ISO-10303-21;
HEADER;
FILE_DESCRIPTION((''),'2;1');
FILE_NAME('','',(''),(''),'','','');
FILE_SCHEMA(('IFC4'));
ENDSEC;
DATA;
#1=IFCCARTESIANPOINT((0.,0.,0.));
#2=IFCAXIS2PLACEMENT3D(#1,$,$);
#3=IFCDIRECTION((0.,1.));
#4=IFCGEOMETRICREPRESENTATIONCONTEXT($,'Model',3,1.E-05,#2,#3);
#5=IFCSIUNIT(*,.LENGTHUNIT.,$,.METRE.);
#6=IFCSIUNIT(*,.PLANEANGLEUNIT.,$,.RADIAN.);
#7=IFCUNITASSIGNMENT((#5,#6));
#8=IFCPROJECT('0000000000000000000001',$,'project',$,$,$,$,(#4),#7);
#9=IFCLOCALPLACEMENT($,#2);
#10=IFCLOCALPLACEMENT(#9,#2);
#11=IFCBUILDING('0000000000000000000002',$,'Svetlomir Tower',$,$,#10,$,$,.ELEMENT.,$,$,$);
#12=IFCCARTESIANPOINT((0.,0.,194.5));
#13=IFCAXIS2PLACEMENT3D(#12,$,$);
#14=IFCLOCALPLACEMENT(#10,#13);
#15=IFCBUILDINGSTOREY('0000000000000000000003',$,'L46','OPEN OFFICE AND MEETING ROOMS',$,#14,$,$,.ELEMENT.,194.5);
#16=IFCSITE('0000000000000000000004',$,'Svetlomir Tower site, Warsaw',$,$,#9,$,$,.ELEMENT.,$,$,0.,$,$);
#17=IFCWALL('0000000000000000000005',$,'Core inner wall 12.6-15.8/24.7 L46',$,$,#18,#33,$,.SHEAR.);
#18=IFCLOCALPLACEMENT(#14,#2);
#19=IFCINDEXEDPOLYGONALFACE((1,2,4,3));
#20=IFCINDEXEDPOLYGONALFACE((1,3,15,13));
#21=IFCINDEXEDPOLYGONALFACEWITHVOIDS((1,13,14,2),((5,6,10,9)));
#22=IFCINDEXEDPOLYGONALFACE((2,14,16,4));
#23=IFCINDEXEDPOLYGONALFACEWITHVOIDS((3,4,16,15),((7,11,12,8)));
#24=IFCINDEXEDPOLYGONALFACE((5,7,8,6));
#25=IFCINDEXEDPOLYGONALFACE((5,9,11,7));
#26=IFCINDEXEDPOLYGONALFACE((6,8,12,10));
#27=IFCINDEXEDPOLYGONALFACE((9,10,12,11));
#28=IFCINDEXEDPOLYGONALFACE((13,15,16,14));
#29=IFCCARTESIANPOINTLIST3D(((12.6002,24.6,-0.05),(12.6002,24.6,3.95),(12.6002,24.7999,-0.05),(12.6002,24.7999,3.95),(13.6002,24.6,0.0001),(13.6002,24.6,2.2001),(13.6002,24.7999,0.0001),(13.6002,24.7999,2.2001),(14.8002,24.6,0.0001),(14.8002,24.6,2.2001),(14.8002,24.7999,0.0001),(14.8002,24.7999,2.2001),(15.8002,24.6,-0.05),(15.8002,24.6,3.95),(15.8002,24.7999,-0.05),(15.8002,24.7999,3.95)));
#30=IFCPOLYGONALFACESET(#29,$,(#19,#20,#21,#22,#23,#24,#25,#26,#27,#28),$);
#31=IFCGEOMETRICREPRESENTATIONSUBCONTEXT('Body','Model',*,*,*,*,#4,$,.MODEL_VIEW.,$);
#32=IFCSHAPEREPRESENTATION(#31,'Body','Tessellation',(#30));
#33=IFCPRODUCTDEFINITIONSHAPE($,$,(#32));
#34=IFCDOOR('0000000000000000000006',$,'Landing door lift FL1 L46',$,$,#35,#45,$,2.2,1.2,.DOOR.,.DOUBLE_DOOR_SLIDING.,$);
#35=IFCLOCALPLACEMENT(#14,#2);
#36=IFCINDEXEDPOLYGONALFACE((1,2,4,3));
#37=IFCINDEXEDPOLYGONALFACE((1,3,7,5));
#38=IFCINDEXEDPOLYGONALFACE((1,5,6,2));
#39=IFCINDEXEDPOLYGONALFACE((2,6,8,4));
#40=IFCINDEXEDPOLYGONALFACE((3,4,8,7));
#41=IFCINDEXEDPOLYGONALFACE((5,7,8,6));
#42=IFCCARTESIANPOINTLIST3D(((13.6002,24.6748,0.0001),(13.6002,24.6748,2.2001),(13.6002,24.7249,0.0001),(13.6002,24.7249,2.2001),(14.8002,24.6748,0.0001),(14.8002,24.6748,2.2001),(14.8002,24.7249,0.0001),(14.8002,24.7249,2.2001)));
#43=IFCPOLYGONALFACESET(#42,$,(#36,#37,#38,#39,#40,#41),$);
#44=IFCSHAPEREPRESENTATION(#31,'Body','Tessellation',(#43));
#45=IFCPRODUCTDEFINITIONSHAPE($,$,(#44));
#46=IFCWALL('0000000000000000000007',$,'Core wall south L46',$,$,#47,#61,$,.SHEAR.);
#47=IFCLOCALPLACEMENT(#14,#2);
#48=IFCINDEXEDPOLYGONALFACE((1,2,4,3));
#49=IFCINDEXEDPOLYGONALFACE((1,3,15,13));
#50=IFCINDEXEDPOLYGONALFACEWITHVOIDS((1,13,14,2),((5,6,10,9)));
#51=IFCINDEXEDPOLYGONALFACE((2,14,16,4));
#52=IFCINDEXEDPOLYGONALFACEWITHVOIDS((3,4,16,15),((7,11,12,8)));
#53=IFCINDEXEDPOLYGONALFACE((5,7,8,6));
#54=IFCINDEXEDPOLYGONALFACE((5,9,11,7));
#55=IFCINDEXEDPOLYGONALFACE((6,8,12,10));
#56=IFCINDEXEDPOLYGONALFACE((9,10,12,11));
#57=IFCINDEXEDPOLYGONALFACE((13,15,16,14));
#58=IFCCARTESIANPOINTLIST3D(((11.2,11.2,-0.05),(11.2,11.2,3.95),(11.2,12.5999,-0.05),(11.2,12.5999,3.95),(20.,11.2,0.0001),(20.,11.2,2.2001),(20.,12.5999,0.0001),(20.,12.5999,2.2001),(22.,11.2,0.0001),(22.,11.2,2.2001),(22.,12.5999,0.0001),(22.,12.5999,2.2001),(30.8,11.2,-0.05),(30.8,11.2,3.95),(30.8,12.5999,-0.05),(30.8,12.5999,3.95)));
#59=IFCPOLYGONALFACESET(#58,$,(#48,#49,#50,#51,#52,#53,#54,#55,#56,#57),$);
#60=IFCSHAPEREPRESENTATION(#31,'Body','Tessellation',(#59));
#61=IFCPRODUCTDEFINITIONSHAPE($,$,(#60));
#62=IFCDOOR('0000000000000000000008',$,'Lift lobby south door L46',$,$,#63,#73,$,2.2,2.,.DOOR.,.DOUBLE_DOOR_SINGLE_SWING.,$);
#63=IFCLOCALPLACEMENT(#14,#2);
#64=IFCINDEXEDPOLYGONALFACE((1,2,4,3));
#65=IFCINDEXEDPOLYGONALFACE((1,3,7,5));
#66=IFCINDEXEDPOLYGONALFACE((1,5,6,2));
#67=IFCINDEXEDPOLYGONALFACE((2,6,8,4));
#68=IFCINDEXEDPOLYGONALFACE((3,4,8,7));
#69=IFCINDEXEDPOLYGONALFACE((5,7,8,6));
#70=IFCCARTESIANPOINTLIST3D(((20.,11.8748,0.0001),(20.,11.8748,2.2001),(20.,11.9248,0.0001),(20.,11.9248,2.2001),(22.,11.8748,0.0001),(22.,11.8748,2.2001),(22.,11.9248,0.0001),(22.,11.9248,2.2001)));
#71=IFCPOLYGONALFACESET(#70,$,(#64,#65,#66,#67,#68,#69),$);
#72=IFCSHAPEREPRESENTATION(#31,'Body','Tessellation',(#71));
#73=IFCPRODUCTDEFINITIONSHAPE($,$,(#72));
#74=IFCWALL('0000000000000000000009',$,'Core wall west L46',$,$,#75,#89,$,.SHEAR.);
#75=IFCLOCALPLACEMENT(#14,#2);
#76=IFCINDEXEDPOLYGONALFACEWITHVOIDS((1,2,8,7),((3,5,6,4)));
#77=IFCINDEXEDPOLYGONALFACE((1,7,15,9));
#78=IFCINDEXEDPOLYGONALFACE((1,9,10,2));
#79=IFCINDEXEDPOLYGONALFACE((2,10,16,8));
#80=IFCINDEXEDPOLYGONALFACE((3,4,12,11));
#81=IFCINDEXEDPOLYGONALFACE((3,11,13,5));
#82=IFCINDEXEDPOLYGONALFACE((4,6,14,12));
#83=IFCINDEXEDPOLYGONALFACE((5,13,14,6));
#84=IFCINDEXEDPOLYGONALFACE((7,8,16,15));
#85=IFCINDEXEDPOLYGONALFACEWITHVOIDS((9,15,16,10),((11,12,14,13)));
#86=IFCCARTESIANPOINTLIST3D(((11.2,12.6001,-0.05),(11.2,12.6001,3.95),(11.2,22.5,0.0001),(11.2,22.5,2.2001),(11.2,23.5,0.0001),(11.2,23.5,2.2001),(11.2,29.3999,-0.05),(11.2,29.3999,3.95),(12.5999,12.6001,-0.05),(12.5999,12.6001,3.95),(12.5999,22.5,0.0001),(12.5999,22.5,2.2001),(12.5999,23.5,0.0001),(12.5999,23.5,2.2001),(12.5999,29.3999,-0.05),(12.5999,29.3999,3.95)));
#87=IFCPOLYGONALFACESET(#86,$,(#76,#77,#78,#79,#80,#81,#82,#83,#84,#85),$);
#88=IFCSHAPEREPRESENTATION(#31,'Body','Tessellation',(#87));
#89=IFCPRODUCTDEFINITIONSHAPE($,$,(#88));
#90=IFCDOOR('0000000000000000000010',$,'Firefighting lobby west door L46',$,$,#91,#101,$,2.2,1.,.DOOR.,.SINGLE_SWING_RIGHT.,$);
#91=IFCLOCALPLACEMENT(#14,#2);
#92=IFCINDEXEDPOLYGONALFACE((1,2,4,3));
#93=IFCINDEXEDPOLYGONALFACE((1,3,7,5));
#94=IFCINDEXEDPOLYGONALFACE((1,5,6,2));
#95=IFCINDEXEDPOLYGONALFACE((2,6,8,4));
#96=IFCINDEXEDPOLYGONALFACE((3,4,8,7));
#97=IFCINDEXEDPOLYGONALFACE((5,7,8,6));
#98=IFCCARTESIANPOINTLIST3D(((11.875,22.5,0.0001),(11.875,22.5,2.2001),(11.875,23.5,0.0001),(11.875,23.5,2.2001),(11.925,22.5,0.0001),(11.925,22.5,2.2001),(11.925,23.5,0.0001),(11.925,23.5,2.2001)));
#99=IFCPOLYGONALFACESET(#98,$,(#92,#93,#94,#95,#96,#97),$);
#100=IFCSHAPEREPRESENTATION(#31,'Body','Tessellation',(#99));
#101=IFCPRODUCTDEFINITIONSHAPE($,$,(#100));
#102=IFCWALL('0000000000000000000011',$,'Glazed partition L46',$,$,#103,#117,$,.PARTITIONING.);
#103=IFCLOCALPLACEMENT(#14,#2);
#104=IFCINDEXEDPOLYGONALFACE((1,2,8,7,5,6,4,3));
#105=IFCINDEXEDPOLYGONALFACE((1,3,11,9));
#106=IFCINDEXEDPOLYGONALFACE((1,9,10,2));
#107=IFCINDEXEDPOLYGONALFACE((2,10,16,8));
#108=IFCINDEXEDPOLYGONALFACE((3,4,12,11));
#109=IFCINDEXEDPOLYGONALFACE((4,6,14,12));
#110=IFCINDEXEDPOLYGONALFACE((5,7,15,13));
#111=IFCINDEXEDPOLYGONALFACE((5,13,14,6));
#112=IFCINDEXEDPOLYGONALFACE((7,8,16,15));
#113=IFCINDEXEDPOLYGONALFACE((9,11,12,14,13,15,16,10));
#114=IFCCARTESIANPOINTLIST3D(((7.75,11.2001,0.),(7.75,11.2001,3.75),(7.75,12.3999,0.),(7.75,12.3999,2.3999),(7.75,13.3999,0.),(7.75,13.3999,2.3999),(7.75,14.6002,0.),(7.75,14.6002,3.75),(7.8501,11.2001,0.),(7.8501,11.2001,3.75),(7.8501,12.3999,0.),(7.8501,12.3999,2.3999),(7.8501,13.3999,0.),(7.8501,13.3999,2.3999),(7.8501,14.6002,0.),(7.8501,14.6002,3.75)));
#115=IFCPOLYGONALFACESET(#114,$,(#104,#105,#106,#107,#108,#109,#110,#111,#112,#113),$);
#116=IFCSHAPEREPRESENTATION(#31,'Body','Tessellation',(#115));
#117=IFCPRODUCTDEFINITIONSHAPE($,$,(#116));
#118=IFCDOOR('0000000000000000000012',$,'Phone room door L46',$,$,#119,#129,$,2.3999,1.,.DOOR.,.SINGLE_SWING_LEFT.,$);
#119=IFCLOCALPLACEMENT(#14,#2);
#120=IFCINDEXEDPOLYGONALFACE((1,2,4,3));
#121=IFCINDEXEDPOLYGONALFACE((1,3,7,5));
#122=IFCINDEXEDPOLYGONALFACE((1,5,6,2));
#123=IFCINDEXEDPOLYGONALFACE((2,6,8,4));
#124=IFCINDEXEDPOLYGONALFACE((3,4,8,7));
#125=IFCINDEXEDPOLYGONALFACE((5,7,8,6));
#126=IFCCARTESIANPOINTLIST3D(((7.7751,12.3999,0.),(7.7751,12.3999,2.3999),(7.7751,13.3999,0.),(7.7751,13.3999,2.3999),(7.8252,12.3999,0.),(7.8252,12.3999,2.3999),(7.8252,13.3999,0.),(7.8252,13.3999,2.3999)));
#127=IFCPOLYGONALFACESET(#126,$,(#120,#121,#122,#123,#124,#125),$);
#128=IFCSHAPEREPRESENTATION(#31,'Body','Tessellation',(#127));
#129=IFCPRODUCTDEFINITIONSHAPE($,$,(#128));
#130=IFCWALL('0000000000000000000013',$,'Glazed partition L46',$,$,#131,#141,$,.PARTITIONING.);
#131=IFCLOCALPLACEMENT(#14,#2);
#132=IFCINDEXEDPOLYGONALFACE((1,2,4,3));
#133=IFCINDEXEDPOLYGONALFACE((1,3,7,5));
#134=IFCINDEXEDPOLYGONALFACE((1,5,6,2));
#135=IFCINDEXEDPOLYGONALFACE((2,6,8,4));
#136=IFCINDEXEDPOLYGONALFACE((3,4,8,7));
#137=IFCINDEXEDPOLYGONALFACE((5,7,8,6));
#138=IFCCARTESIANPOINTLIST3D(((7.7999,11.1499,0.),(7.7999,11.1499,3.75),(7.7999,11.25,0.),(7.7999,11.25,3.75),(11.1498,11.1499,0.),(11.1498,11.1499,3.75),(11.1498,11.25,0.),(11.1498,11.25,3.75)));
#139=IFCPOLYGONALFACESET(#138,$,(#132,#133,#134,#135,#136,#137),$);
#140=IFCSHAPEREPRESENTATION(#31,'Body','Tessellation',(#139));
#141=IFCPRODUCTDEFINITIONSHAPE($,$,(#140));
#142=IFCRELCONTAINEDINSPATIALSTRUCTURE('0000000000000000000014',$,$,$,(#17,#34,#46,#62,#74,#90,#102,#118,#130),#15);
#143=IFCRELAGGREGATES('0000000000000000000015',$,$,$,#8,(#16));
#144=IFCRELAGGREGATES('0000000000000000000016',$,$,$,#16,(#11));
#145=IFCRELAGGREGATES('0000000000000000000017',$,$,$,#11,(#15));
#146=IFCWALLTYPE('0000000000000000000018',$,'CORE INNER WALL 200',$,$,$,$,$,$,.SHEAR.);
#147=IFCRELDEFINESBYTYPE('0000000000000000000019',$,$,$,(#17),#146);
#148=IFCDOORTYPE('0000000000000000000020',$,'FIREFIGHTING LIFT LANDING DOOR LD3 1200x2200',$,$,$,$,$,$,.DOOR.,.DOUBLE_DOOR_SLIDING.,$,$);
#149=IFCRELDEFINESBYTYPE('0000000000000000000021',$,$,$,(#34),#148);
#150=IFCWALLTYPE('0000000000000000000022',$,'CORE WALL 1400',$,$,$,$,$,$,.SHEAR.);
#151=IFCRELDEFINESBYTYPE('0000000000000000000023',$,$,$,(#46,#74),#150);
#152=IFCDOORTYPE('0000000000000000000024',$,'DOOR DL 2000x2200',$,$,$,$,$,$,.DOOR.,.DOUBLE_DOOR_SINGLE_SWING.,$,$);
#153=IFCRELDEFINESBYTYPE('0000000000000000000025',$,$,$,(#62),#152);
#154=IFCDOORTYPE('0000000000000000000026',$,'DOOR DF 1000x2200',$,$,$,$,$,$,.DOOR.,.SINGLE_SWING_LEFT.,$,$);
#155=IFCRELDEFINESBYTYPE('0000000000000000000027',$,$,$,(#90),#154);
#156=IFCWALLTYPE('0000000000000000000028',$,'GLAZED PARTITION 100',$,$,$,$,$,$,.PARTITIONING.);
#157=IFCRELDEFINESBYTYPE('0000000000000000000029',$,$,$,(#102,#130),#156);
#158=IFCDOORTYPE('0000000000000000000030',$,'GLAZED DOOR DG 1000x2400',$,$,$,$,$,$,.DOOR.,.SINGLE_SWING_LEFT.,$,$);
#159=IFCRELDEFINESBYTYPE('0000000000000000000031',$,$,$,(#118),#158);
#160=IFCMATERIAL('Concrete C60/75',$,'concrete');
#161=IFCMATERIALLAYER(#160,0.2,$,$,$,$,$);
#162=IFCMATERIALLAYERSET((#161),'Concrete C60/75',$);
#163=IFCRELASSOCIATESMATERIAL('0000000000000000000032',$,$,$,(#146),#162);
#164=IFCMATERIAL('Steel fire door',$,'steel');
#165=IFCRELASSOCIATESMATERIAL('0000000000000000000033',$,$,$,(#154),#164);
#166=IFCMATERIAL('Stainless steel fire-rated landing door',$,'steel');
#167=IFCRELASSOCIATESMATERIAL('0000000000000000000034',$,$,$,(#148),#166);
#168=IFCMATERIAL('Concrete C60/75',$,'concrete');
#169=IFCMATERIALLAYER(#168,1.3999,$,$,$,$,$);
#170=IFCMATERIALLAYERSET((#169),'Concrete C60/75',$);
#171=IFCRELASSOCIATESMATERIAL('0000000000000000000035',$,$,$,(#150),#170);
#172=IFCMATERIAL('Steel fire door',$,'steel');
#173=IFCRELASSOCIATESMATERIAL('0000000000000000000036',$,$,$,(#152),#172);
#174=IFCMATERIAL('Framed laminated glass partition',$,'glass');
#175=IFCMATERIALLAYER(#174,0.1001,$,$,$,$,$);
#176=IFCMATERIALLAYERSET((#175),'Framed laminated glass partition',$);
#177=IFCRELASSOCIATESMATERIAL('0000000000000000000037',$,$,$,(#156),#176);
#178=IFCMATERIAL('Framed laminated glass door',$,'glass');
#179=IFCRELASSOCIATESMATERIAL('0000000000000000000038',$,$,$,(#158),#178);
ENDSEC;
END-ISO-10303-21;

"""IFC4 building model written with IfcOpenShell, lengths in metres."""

from ifc_helpers import new_model, si_unit, direction, frame, frame_2d, origin, place, context, subcontext, project, spatial, rectangle, extrude, material, layer, layer_set, type_object, element, fill, save


model = new_model("IFC4")

# Units and contexts
model_context = context("Model", 3, precision=1e-05, world=origin(), true_north=direction((0.0, 1.0)))
body_context = subcontext(model_context, "Body", "Model", "MODEL_VIEW")
ifc_project = project(units=[si_unit("LENGTHUNIT", "METRE"), si_unit("PLANEANGLEUNIT", "RADIAN")], contexts=[model_context])

# Site, building, storey
site_placement = place(None, origin())
site = spatial("IfcSite", under=ifc_project, at=site_placement, Name="Svetlomir Tower site, Warsaw", CompositionType="ELEMENT", RefElevation=0.0)
building_placement = place(site_placement, origin())
building = spatial("IfcBuilding", under=site, at=building_placement, Name="Svetlomir Tower", CompositionType="ELEMENT")
storey_placement = place(building_placement, frame((0.0, 0.0, 194.5)))
storey = spatial("IfcBuildingStorey", under=building, at=storey_placement, Name="L46", Description="OPEN OFFICE AND MEETING ROOMS", CompositionType="ELEMENT", Elevation=194.5)

# Walls, openings, doors
ifc_material_1 = material(Name="Concrete C60/75", Category="concrete")
ifc_layer_1 = layer(ifc_material_1, 0.2)
ifc_layer_set_1 = layer_set([ifc_layer_1], Name="Concrete C60/75")
wall_type_1 = type_object("IfcWallType", Name="CORE INNER WALL 200", PredefinedType="SHEAR", material=ifc_layer_set_1)
ifc_material_2 = material(Name="Steel fire door", Category="steel")
door_type_1 = type_object("IfcDoorType", Name="DOOR DF 1000x2200", OperationType="SINGLE_SWING_LEFT", PredefinedType="DOOR", material=ifc_material_2)
wall_1_placement = place(storey_placement, frame((12.6001, 24.7, -0.05), z_axis=(0.0, 0.0, 1.0), x_axis=(1.0, 0.0, 0.0)))
wall_1 = element("IfcWall", 1, at=wall_1_placement, inside=storey, type_object=wall_type_1, Name="Core inner wall 12.6-15.8/24.7 L46", PredefinedType="SHEAR", context=body_context, shape_type="SweptSolid", body=[
    extrude(rectangle(XDim=3.2, YDim=0.2, at=frame_2d((1.6001, 0.0))), origin(), (0.0, 0.0, 1.0), 4.0),
])
opening_1_placement = place(wall_1_placement, frame((1.0, 0.0, 0.05)))
opening_1 = element("IfcOpeningElement", 2, at=opening_1_placement, cuts=wall_1, PredefinedType="OPENING", context=body_context, shape_type="SweptSolid", body=[
    extrude(rectangle(XDim=1.2, YDim=2.2, at=frame_2d((0.6001, 1.1001))), frame((0.0, 0.1099, 0.0), z_axis=(0.0, -1.0, 0.0), x_axis=(1.0, 0.0, 0.0)), (0.0, 0.0, 1.0), 0.22),
])
ifc_material_3 = material(Name="Stainless steel fire-rated landing door", Category="steel")
door_type_2 = type_object("IfcDoorType", Name="FIREFIGHTING LIFT LANDING DOOR LD3 1200x2200", OperationType="DOUBLE_DOOR_SLIDING", PredefinedType="DOOR", material=ifc_material_3)
door_1_placement = place(opening_1_placement, origin())
door_1 = element("IfcDoor", 3, at=door_1_placement, inside=storey, type_object=door_type_2, Name="Landing door lift FL1 L46", OperationType="DOUBLE_DOOR_SLIDING", OverallHeight=2.2, OverallWidth=1.2, PredefinedType="DOOR", context=body_context, shape_type="SweptSolid", body=[
    extrude(rectangle(XDim=1.2, YDim=2.2, at=frame_2d((0.6001, 1.1001))), frame((0.0, 0.0249, 0.0), z_axis=(0.0, -1.0, 0.0), x_axis=(1.0, 0.0, 0.0)), (0.0, 0.0, 1.0), 0.05),
])
fill(opening_1, door_1)
ifc_material_4 = material(Name="Concrete C60/75", Category="concrete")
ifc_layer_2 = layer(ifc_material_4, 1.3999)
ifc_layer_set_2 = layer_set([ifc_layer_2], Name="Concrete C60/75")
wall_type_2 = type_object("IfcWallType", Name="CORE WALL 1400", PredefinedType="SHEAR", material=ifc_layer_set_2)
wall_2_placement = place(storey_placement, frame((11.2, 11.8999, -0.05), z_axis=(0.0, 0.0, 1.0), x_axis=(1.0, 0.0, 0.0)))
wall_2 = element("IfcWall", 4, at=wall_2_placement, inside=storey, type_object=wall_type_2, Name="Core wall south L46", PredefinedType="SHEAR", context=body_context, shape_type="SweptSolid", body=[
    extrude(rectangle(XDim=19.6001, YDim=1.3999, at=frame_2d((9.8, 0.0))), origin(), (0.0, 0.0, 1.0), 4.0),
])
opening_2_placement = place(wall_2_placement, frame((8.8, 0.0, 0.05)))
opening_2 = element("IfcOpeningElement", 5, at=opening_2_placement, cuts=wall_2, PredefinedType="OPENING", context=body_context, shape_type="SweptSolid", body=[
    extrude(rectangle(XDim=2.0, YDim=2.2, at=frame_2d((1.0, 1.1001))), frame((0.0, 0.71, 0.0), z_axis=(0.0, -1.0, 0.0), x_axis=(1.0, 0.0, 0.0)), (0.0, 0.0, 1.0), 1.4199),
])
ifc_material_5 = material(Name="Steel fire door", Category="steel")
door_type_3 = type_object("IfcDoorType", Name="DOOR DL 2000x2200", OperationType="DOUBLE_DOOR_SINGLE_SWING", PredefinedType="DOOR", material=ifc_material_5)
door_2_placement = place(opening_2_placement, origin())
door_2 = element("IfcDoor", 6, at=door_2_placement, inside=storey, type_object=door_type_3, Name="Lift lobby south door L46", OperationType="DOUBLE_DOOR_SINGLE_SWING", OverallHeight=2.2, OverallWidth=2.0, PredefinedType="DOOR", context=body_context, shape_type="SweptSolid", body=[
    extrude(rectangle(XDim=2.0, YDim=2.2, at=frame_2d((1.0, 1.1001))), frame((0.0, 0.0249, 0.0), z_axis=(0.0, -1.0, 0.0), x_axis=(1.0, 0.0, 0.0)), (0.0, 0.0, 1.0), 0.05),
])
fill(opening_2, door_2)
wall_3_placement = place(storey_placement, frame((11.8999, 12.6001, -0.05), z_axis=(0.0, 0.0, 1.0), x_axis=(0.0, 1.0, 0.0)))
wall_3 = element("IfcWall", 7, at=wall_3_placement, inside=storey, type_object=wall_type_2, Name="Core wall west L46", PredefinedType="SHEAR", context=body_context, shape_type="SweptSolid", body=[
    extrude(rectangle(XDim=16.7998, YDim=1.3999, at=frame_2d((8.3999, 0.0))), origin(), (0.0, 0.0, 1.0), 4.0),
])
opening_3_placement = place(wall_3_placement, frame((9.8999, 0.0, 0.05)))
opening_3 = element("IfcOpeningElement", 8, at=opening_3_placement, cuts=wall_3, PredefinedType="OPENING", context=body_context, shape_type="SweptSolid", body=[
    extrude(rectangle(XDim=1.0, YDim=2.2, at=frame_2d((0.5, 1.1001))), frame((0.0, 0.71, 0.0), z_axis=(0.0, -1.0, 0.0), x_axis=(1.0, 0.0, 0.0)), (0.0, 0.0, 1.0), 1.4199),
])
door_3_placement = place(opening_3_placement, origin())
door_3 = element("IfcDoor", 9, at=door_3_placement, inside=storey, type_object=door_type_1, Name="Firefighting lobby west door L46", OperationType="SINGLE_SWING_RIGHT", OverallHeight=2.2, OverallWidth=1.0, PredefinedType="DOOR", context=body_context, shape_type="SweptSolid", body=[
    extrude(rectangle(XDim=1.0, YDim=2.2, at=frame_2d((0.5, 1.1001))), frame((0.0, 0.0249, 0.0), z_axis=(0.0, -1.0, 0.0), x_axis=(1.0, 0.0, 0.0)), (0.0, 0.0, 1.0), 0.05),
])
fill(opening_3, door_3)
ifc_material_6 = material(Name="Framed laminated glass partition", Category="glass")
ifc_layer_3 = layer(ifc_material_6, 0.1001)
ifc_layer_set_3 = layer_set([ifc_layer_3], Name="Framed laminated glass partition")
wall_type_3 = type_object("IfcWallType", Name="GLAZED PARTITION 100", PredefinedType="PARTITIONING", material=ifc_layer_set_3)
wall_4_placement = place(storey_placement, frame((7.8, 11.2, 0.0), z_axis=(0.0, 0.0, 1.0), x_axis=(0.0, 1.0, 0.0)))
wall_4 = element("IfcWall", 10, at=wall_4_placement, inside=storey, type_object=wall_type_3, Name="Glazed partition L46", PredefinedType="PARTITIONING", context=body_context, shape_type="SweptSolid", body=[
    extrude(rectangle(XDim=3.4001, YDim=0.1001, at=frame_2d((1.7002, 0.0))), origin(), (0.0, 0.0, 1.0), 3.75),
])
opening_4_placement = place(wall_4_placement, frame((1.2, 0.0, 0.0)))
opening_4 = element("IfcOpeningElement", 11, at=opening_4_placement, cuts=wall_4, PredefinedType="OPENING", context=body_context, shape_type="SweptSolid", body=[
    extrude(rectangle(XDim=1.0, YDim=2.3999, at=frame_2d((0.5, 1.2))), frame((0.0, 0.0601, 0.0), z_axis=(0.0, -1.0, 0.0), x_axis=(1.0, 0.0, 0.0)), (0.0, 0.0, 1.0), 0.1201),
])
ifc_material_7 = material(Name="Framed laminated glass door", Category="glass")
door_type_4 = type_object("IfcDoorType", Name="GLAZED DOOR DG 1000x2400", OperationType="SINGLE_SWING_LEFT", PredefinedType="DOOR", material=ifc_material_7)
door_4_placement = place(opening_4_placement, origin())
door_4 = element("IfcDoor", 12, at=door_4_placement, inside=storey, type_object=door_type_4, Name="Phone room door L46", OperationType="SINGLE_SWING_LEFT", OverallHeight=2.3999, OverallWidth=1.0, PredefinedType="DOOR", context=body_context, shape_type="SweptSolid", body=[
    extrude(rectangle(XDim=1.0, YDim=2.3999, at=frame_2d((0.5, 1.2))), frame((0.0, 0.0249, 0.0), z_axis=(0.0, -1.0, 0.0), x_axis=(1.0, 0.0, 0.0)), (0.0, 0.0, 1.0), 0.05),
])
fill(opening_4, door_4)

# Wall
wall_5_placement = place(storey_placement, frame((7.8, 11.2, 0.0), z_axis=(0.0, 0.0, 1.0), x_axis=(1.0, 0.0, 0.0)))
element("IfcWall", 13, at=wall_5_placement, inside=storey, type_object=wall_type_3, Name="Glazed partition L46", PredefinedType="PARTITIONING", context=body_context, shape_type="SweptSolid", body=[
    extrude(rectangle(XDim=3.3499, YDim=0.1001, at=frame_2d((1.6748, 0.0))), origin(), (0.0, 0.0, 1.0), 3.75),
])

save(model, "model.ifc")
